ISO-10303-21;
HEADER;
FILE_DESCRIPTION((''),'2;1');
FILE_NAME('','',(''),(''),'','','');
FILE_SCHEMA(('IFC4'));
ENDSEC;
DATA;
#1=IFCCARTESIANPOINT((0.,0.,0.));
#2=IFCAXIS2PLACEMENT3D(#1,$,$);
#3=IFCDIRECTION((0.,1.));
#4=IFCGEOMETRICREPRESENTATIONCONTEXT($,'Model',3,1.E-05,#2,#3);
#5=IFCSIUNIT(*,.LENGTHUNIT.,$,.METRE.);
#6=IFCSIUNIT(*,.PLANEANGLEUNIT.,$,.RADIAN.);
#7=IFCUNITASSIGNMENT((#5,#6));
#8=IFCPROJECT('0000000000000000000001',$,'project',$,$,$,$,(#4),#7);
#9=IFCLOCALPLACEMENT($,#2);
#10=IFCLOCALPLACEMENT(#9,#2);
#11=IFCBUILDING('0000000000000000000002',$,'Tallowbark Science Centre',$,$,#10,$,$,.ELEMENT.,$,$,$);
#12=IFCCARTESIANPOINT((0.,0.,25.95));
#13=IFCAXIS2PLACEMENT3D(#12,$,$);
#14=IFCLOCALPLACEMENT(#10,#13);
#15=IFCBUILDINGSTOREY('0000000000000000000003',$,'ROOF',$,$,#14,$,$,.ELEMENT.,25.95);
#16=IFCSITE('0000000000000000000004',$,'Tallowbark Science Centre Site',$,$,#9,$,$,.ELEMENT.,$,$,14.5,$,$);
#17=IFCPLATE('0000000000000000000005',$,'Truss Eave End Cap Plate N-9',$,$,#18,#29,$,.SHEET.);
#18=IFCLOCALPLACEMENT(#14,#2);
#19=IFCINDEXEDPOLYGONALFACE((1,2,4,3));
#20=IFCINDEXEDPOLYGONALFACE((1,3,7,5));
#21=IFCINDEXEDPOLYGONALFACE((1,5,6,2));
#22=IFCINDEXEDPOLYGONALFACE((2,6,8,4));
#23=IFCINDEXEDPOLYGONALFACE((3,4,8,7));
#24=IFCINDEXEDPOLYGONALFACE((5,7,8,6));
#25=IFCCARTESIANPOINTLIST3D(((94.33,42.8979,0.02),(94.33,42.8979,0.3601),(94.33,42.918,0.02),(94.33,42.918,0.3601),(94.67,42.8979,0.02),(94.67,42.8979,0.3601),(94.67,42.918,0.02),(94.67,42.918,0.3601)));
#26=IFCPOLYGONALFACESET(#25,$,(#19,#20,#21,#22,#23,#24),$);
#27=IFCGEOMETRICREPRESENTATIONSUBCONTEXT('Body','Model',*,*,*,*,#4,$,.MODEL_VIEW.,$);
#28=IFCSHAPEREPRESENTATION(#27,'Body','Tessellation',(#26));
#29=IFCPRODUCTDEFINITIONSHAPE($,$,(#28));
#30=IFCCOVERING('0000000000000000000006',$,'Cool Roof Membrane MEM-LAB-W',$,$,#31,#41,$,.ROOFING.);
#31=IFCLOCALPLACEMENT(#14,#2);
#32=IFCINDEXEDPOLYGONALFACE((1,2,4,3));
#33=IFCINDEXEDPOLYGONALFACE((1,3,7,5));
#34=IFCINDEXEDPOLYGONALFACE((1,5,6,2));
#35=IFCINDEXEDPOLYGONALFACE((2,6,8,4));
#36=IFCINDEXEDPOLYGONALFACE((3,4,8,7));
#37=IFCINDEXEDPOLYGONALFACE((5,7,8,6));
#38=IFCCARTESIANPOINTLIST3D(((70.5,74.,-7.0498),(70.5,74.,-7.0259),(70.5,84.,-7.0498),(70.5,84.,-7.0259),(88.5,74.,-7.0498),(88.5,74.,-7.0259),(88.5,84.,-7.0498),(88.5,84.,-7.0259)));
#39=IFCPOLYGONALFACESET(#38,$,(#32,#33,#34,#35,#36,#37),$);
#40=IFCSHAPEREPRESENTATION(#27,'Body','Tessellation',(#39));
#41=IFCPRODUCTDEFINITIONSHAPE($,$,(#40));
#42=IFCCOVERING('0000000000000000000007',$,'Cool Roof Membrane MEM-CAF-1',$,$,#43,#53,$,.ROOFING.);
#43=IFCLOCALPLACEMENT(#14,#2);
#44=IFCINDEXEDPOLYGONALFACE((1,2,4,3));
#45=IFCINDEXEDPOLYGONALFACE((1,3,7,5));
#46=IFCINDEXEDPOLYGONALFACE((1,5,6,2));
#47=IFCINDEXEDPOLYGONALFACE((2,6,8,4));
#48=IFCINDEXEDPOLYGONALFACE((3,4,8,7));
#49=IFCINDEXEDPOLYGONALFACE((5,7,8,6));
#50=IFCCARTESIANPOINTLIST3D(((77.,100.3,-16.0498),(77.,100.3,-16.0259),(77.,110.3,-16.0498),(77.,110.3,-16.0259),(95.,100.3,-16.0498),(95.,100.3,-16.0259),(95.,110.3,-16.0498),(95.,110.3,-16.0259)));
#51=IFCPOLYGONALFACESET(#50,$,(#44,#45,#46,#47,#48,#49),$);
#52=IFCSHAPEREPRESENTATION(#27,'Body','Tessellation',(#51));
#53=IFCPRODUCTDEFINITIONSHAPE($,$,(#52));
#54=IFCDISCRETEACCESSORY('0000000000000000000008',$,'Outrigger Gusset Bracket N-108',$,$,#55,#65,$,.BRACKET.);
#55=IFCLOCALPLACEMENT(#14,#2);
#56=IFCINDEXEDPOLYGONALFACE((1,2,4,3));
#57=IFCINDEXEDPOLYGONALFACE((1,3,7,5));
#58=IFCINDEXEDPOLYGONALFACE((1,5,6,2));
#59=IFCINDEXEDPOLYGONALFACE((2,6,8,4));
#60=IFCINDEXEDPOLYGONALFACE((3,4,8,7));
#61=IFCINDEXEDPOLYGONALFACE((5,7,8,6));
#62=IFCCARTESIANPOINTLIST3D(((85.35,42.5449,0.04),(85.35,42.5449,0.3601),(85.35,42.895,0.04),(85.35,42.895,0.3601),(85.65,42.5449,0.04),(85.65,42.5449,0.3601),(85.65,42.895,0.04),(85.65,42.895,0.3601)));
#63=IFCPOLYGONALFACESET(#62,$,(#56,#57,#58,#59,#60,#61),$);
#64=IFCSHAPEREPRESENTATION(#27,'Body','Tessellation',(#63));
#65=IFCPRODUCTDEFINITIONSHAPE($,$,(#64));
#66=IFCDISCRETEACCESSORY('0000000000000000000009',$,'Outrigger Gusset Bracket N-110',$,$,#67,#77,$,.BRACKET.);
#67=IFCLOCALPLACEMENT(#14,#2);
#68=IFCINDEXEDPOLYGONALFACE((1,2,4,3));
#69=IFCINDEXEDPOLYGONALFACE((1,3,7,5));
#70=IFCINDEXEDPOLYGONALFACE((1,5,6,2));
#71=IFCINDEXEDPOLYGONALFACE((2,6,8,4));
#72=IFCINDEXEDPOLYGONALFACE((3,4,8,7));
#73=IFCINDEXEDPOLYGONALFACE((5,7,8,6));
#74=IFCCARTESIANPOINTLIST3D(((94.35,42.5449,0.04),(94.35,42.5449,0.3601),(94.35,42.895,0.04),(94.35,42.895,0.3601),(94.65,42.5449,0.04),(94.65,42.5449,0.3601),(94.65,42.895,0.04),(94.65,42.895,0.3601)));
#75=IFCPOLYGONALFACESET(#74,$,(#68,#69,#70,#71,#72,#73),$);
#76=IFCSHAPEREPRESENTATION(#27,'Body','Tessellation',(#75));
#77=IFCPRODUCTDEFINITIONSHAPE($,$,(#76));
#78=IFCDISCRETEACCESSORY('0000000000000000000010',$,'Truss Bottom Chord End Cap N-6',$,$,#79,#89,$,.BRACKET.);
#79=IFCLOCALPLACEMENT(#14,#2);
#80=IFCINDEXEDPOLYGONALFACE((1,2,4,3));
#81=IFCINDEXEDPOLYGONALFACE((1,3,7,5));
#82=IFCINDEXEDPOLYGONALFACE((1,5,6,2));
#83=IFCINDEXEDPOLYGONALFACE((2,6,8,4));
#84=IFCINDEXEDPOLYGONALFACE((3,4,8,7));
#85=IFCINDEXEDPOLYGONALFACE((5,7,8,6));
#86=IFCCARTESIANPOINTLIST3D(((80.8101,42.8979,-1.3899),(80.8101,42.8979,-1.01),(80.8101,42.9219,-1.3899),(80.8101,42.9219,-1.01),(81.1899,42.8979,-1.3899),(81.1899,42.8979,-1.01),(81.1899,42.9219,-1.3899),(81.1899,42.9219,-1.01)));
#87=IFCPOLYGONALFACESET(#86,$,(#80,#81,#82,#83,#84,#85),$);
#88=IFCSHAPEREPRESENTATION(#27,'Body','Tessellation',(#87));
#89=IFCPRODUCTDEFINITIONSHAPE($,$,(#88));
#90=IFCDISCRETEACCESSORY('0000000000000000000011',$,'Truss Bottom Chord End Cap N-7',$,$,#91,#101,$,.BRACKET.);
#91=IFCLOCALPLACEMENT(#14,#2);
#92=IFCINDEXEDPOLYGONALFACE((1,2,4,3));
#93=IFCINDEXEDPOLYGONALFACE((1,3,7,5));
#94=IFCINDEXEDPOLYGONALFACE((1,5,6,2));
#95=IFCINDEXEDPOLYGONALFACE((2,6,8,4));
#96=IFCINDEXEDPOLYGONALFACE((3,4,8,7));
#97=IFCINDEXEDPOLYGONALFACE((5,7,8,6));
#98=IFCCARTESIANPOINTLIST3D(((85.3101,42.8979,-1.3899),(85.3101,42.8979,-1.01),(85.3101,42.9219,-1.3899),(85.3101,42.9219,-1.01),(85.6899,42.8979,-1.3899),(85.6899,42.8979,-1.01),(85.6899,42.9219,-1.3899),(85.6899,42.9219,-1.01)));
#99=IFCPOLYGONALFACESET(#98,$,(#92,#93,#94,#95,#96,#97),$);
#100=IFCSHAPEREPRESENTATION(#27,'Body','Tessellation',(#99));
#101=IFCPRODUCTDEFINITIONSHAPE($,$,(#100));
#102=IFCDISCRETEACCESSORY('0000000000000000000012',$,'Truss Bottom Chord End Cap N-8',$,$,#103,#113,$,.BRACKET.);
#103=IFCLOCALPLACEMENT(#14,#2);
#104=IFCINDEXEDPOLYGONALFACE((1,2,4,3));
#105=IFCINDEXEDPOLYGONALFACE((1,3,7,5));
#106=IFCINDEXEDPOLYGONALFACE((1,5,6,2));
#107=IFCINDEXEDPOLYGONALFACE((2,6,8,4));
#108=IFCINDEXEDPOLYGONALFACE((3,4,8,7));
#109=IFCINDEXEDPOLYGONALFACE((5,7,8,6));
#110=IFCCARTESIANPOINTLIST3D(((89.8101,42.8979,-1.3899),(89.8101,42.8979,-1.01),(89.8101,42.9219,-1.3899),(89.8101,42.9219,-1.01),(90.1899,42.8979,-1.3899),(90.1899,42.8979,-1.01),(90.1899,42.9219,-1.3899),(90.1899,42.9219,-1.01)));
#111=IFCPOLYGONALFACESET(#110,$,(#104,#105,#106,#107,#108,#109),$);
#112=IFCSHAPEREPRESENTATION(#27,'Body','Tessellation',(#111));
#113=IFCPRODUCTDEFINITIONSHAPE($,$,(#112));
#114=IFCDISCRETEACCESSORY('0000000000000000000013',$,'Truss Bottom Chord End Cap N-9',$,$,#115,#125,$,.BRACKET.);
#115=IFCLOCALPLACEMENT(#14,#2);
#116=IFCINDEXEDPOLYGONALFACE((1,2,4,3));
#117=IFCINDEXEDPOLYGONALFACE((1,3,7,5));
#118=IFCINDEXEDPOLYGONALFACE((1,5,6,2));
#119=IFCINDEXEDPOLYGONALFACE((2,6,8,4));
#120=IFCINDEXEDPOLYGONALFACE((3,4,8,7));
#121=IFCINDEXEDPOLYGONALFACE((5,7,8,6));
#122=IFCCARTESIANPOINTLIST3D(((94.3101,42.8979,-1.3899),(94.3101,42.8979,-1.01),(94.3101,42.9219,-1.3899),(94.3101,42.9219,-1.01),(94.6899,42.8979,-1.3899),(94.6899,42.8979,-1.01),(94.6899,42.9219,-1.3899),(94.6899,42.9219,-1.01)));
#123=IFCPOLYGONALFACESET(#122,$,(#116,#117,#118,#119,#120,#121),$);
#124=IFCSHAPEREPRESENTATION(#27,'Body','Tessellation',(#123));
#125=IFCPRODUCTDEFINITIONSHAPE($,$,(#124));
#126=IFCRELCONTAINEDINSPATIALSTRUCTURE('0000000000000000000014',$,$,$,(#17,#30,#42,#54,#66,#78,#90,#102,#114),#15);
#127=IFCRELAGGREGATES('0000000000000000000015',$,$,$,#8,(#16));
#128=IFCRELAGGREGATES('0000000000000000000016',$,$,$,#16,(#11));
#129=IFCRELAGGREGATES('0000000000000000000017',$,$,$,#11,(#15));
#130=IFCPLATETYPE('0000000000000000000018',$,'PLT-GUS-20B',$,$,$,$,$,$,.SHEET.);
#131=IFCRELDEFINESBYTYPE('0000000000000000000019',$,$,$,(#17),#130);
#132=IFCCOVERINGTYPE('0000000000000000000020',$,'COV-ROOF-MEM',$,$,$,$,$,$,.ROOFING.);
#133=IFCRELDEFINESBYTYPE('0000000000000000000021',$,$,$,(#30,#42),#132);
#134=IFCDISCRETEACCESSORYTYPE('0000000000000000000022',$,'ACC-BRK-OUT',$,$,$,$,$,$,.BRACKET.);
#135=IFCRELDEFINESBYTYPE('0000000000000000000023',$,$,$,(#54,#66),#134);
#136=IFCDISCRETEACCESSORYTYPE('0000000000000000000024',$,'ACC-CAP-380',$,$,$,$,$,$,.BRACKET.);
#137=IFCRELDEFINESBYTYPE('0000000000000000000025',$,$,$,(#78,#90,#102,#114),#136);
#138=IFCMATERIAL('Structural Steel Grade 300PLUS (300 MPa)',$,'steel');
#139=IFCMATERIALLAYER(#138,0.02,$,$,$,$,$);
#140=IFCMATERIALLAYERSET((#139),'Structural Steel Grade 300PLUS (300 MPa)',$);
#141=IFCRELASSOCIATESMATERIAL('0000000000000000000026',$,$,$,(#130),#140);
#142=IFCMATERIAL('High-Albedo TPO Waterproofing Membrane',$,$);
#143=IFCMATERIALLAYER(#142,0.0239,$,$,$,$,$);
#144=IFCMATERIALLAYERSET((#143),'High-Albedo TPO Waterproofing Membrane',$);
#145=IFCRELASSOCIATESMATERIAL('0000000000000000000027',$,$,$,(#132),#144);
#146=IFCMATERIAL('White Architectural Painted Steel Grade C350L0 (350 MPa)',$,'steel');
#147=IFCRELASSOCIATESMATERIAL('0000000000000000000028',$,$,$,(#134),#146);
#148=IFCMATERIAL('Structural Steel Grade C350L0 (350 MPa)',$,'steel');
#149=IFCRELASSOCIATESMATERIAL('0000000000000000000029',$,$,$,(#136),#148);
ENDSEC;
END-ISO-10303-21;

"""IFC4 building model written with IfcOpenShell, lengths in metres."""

from ifc_helpers import new_model, si_unit, direction, frame, origin, origin_2d, place, context, subcontext, project, spatial, rectangle, extrude, material, layer, layer_set, type_object, element, save


model = new_model("IFC4")

# Units and contexts
model_context = context("Model", 3, precision=1e-05, world=origin(), true_north=direction((0.0, 1.0)))
body_context = subcontext(model_context, "Body", "Model", "MODEL_VIEW")
ifc_project = project(units=[si_unit("LENGTHUNIT", "METRE"), si_unit("PLANEANGLEUNIT", "RADIAN")], contexts=[model_context])

# Site, building, storey
site_placement = place(None, origin())
site = spatial("IfcSite", under=ifc_project, at=site_placement, Name="Tallowbark Science Centre Site", CompositionType="ELEMENT", RefElevation=14.5)
building_placement = place(site_placement, origin())
building = spatial("IfcBuilding", under=site, at=building_placement, Name="Tallowbark Science Centre", CompositionType="ELEMENT")
storey_placement = place(building_placement, frame((0.0, 0.0, 25.95)))
storey = spatial("IfcBuildingStorey", under=building, at=storey_placement, Name="ROOF", CompositionType="ELEMENT", Elevation=25.95)

# Shared definitions
ifc_material_1 = material(Name="White Architectural Painted Steel Grade C350L0 (350 MPa)", Category="steel")

# Plate
ifc_material_2 = material(Name="Structural Steel Grade 300PLUS (300 MPa)", Category="steel")
ifc_layer_1 = layer(ifc_material_2, 0.02)
ifc_layer_set_1 = layer_set([ifc_layer_1], Name="Structural Steel Grade 300PLUS (300 MPa)")
plate_type_1 = type_object("IfcPlateType", Name="PLT-GUS-20B", PredefinedType="SHEET", material=ifc_layer_set_1)
for number, where, z_axis, x_axis, name in (
    (1, (94.5, 42.908, 0.02), (0.0, 0.0, 1.0), (1.0, 0.0, 0.0), "Truss Eave End Cap Plate N-9"),
):
    element("IfcPlate", number, at=place(storey_placement, frame(where, z_axis=z_axis, x_axis=x_axis)), inside=storey, type_object=plate_type_1, Name=name, PredefinedType="SHEET", context=body_context, shape_type="SweptSolid", body=[
        extrude(rectangle(XDim=0.3401, YDim=0.02, at=origin_2d()), origin(), (0.0, 0.0, 1.0), 0.3401),
    ])

# Coverings
ifc_material_3 = material(Name="High-Albedo TPO Waterproofing Membrane")
ifc_layer_2 = layer(ifc_material_3, 0.0239)
ifc_layer_set_2 = layer_set([ifc_layer_2], Name="High-Albedo TPO Waterproofing Membrane")
covering_type = type_object("IfcCoveringType", Name="COV-ROOF-MEM", PredefinedType="ROOFING", material=ifc_layer_set_2)
for number, where, z_axis, x_axis, name in (
    (2, (79.5, 79.0, -7.0498), (0.0, 0.0, 1.0), (1.0, 0.0, 0.0), "Cool Roof Membrane MEM-LAB-W"),
    (3, (86.0, 105.3, -16.0498), (0.0, 0.0, 1.0), (1.0, 0.0, 0.0), "Cool Roof Membrane MEM-CAF-1"),
):
    element("IfcCovering", number, at=place(storey_placement, frame(where, z_axis=z_axis, x_axis=x_axis)), inside=storey, type_object=covering_type, Name=name, PredefinedType="ROOFING", context=body_context, shape_type="SweptSolid", body=[
        extrude(rectangle(XDim=18.0, YDim=10.0, at=origin_2d()), origin(), (0.0, 0.0, 1.0), 0.0239),
    ])

# Discrete accessories
discrete_accessory_type_1 = type_object("IfcDiscreteAccessoryType", Name="ACC-BRK-OUT", PredefinedType="BRACKET", material=ifc_material_1)
for number, where, z_axis, x_axis, name in (
    (4, (85.5, 42.72, 0.04), (0.0, 0.0, 1.0), (1.0, 0.0, 0.0), "Outrigger Gusset Bracket N-108"),
    (5, (94.5, 42.72, 0.04), (0.0, 0.0, 1.0), (1.0, 0.0, 0.0), "Outrigger Gusset Bracket N-110"),
):
    element("IfcDiscreteAccessory", number, at=place(storey_placement, frame(where, z_axis=z_axis, x_axis=x_axis)), inside=storey, type_object=discrete_accessory_type_1, Name=name, PredefinedType="BRACKET", context=body_context, shape_type="SweptSolid", body=[
        extrude(rectangle(XDim=0.3, YDim=0.3501, at=origin_2d()), origin(), (0.0, 0.0, 1.0), 0.3201),
    ])
ifc_material_4 = material(Name="Structural Steel Grade C350L0 (350 MPa)", Category="steel")
discrete_accessory_type_2 = type_object("IfcDiscreteAccessoryType", Name="ACC-CAP-380", PredefinedType="BRACKET", material=ifc_material_4)
for number, where, z_axis, x_axis, name in (
    (6, (81.0, 42.9099, -1.3899), (0.0, 0.0, 1.0), (1.0, 0.0, 0.0), "Truss Bottom Chord End Cap N-6"),
    (7, (85.5, 42.9099, -1.3899), (0.0, 0.0, 1.0), (1.0, 0.0, 0.0), "Truss Bottom Chord End Cap N-7"),
    (8, (90.0, 42.9099, -1.3899), (0.0, 0.0, 1.0), (1.0, 0.0, 0.0), "Truss Bottom Chord End Cap N-8"),
    (9, (94.5, 42.9099, -1.3899), (0.0, 0.0, 1.0), (1.0, 0.0, 0.0), "Truss Bottom Chord End Cap N-9"),
):
    element("IfcDiscreteAccessory", number, at=place(storey_placement, frame(where, z_axis=z_axis, x_axis=x_axis)), inside=storey, type_object=discrete_accessory_type_2, Name=name, PredefinedType="BRACKET", context=body_context, shape_type="SweptSolid", body=[
        extrude(rectangle(XDim=0.3799, YDim=0.0239, at=origin_2d()), origin(), (0.0, 0.0, 1.0), 0.3799),
    ])

save(model, "model.ifc")
